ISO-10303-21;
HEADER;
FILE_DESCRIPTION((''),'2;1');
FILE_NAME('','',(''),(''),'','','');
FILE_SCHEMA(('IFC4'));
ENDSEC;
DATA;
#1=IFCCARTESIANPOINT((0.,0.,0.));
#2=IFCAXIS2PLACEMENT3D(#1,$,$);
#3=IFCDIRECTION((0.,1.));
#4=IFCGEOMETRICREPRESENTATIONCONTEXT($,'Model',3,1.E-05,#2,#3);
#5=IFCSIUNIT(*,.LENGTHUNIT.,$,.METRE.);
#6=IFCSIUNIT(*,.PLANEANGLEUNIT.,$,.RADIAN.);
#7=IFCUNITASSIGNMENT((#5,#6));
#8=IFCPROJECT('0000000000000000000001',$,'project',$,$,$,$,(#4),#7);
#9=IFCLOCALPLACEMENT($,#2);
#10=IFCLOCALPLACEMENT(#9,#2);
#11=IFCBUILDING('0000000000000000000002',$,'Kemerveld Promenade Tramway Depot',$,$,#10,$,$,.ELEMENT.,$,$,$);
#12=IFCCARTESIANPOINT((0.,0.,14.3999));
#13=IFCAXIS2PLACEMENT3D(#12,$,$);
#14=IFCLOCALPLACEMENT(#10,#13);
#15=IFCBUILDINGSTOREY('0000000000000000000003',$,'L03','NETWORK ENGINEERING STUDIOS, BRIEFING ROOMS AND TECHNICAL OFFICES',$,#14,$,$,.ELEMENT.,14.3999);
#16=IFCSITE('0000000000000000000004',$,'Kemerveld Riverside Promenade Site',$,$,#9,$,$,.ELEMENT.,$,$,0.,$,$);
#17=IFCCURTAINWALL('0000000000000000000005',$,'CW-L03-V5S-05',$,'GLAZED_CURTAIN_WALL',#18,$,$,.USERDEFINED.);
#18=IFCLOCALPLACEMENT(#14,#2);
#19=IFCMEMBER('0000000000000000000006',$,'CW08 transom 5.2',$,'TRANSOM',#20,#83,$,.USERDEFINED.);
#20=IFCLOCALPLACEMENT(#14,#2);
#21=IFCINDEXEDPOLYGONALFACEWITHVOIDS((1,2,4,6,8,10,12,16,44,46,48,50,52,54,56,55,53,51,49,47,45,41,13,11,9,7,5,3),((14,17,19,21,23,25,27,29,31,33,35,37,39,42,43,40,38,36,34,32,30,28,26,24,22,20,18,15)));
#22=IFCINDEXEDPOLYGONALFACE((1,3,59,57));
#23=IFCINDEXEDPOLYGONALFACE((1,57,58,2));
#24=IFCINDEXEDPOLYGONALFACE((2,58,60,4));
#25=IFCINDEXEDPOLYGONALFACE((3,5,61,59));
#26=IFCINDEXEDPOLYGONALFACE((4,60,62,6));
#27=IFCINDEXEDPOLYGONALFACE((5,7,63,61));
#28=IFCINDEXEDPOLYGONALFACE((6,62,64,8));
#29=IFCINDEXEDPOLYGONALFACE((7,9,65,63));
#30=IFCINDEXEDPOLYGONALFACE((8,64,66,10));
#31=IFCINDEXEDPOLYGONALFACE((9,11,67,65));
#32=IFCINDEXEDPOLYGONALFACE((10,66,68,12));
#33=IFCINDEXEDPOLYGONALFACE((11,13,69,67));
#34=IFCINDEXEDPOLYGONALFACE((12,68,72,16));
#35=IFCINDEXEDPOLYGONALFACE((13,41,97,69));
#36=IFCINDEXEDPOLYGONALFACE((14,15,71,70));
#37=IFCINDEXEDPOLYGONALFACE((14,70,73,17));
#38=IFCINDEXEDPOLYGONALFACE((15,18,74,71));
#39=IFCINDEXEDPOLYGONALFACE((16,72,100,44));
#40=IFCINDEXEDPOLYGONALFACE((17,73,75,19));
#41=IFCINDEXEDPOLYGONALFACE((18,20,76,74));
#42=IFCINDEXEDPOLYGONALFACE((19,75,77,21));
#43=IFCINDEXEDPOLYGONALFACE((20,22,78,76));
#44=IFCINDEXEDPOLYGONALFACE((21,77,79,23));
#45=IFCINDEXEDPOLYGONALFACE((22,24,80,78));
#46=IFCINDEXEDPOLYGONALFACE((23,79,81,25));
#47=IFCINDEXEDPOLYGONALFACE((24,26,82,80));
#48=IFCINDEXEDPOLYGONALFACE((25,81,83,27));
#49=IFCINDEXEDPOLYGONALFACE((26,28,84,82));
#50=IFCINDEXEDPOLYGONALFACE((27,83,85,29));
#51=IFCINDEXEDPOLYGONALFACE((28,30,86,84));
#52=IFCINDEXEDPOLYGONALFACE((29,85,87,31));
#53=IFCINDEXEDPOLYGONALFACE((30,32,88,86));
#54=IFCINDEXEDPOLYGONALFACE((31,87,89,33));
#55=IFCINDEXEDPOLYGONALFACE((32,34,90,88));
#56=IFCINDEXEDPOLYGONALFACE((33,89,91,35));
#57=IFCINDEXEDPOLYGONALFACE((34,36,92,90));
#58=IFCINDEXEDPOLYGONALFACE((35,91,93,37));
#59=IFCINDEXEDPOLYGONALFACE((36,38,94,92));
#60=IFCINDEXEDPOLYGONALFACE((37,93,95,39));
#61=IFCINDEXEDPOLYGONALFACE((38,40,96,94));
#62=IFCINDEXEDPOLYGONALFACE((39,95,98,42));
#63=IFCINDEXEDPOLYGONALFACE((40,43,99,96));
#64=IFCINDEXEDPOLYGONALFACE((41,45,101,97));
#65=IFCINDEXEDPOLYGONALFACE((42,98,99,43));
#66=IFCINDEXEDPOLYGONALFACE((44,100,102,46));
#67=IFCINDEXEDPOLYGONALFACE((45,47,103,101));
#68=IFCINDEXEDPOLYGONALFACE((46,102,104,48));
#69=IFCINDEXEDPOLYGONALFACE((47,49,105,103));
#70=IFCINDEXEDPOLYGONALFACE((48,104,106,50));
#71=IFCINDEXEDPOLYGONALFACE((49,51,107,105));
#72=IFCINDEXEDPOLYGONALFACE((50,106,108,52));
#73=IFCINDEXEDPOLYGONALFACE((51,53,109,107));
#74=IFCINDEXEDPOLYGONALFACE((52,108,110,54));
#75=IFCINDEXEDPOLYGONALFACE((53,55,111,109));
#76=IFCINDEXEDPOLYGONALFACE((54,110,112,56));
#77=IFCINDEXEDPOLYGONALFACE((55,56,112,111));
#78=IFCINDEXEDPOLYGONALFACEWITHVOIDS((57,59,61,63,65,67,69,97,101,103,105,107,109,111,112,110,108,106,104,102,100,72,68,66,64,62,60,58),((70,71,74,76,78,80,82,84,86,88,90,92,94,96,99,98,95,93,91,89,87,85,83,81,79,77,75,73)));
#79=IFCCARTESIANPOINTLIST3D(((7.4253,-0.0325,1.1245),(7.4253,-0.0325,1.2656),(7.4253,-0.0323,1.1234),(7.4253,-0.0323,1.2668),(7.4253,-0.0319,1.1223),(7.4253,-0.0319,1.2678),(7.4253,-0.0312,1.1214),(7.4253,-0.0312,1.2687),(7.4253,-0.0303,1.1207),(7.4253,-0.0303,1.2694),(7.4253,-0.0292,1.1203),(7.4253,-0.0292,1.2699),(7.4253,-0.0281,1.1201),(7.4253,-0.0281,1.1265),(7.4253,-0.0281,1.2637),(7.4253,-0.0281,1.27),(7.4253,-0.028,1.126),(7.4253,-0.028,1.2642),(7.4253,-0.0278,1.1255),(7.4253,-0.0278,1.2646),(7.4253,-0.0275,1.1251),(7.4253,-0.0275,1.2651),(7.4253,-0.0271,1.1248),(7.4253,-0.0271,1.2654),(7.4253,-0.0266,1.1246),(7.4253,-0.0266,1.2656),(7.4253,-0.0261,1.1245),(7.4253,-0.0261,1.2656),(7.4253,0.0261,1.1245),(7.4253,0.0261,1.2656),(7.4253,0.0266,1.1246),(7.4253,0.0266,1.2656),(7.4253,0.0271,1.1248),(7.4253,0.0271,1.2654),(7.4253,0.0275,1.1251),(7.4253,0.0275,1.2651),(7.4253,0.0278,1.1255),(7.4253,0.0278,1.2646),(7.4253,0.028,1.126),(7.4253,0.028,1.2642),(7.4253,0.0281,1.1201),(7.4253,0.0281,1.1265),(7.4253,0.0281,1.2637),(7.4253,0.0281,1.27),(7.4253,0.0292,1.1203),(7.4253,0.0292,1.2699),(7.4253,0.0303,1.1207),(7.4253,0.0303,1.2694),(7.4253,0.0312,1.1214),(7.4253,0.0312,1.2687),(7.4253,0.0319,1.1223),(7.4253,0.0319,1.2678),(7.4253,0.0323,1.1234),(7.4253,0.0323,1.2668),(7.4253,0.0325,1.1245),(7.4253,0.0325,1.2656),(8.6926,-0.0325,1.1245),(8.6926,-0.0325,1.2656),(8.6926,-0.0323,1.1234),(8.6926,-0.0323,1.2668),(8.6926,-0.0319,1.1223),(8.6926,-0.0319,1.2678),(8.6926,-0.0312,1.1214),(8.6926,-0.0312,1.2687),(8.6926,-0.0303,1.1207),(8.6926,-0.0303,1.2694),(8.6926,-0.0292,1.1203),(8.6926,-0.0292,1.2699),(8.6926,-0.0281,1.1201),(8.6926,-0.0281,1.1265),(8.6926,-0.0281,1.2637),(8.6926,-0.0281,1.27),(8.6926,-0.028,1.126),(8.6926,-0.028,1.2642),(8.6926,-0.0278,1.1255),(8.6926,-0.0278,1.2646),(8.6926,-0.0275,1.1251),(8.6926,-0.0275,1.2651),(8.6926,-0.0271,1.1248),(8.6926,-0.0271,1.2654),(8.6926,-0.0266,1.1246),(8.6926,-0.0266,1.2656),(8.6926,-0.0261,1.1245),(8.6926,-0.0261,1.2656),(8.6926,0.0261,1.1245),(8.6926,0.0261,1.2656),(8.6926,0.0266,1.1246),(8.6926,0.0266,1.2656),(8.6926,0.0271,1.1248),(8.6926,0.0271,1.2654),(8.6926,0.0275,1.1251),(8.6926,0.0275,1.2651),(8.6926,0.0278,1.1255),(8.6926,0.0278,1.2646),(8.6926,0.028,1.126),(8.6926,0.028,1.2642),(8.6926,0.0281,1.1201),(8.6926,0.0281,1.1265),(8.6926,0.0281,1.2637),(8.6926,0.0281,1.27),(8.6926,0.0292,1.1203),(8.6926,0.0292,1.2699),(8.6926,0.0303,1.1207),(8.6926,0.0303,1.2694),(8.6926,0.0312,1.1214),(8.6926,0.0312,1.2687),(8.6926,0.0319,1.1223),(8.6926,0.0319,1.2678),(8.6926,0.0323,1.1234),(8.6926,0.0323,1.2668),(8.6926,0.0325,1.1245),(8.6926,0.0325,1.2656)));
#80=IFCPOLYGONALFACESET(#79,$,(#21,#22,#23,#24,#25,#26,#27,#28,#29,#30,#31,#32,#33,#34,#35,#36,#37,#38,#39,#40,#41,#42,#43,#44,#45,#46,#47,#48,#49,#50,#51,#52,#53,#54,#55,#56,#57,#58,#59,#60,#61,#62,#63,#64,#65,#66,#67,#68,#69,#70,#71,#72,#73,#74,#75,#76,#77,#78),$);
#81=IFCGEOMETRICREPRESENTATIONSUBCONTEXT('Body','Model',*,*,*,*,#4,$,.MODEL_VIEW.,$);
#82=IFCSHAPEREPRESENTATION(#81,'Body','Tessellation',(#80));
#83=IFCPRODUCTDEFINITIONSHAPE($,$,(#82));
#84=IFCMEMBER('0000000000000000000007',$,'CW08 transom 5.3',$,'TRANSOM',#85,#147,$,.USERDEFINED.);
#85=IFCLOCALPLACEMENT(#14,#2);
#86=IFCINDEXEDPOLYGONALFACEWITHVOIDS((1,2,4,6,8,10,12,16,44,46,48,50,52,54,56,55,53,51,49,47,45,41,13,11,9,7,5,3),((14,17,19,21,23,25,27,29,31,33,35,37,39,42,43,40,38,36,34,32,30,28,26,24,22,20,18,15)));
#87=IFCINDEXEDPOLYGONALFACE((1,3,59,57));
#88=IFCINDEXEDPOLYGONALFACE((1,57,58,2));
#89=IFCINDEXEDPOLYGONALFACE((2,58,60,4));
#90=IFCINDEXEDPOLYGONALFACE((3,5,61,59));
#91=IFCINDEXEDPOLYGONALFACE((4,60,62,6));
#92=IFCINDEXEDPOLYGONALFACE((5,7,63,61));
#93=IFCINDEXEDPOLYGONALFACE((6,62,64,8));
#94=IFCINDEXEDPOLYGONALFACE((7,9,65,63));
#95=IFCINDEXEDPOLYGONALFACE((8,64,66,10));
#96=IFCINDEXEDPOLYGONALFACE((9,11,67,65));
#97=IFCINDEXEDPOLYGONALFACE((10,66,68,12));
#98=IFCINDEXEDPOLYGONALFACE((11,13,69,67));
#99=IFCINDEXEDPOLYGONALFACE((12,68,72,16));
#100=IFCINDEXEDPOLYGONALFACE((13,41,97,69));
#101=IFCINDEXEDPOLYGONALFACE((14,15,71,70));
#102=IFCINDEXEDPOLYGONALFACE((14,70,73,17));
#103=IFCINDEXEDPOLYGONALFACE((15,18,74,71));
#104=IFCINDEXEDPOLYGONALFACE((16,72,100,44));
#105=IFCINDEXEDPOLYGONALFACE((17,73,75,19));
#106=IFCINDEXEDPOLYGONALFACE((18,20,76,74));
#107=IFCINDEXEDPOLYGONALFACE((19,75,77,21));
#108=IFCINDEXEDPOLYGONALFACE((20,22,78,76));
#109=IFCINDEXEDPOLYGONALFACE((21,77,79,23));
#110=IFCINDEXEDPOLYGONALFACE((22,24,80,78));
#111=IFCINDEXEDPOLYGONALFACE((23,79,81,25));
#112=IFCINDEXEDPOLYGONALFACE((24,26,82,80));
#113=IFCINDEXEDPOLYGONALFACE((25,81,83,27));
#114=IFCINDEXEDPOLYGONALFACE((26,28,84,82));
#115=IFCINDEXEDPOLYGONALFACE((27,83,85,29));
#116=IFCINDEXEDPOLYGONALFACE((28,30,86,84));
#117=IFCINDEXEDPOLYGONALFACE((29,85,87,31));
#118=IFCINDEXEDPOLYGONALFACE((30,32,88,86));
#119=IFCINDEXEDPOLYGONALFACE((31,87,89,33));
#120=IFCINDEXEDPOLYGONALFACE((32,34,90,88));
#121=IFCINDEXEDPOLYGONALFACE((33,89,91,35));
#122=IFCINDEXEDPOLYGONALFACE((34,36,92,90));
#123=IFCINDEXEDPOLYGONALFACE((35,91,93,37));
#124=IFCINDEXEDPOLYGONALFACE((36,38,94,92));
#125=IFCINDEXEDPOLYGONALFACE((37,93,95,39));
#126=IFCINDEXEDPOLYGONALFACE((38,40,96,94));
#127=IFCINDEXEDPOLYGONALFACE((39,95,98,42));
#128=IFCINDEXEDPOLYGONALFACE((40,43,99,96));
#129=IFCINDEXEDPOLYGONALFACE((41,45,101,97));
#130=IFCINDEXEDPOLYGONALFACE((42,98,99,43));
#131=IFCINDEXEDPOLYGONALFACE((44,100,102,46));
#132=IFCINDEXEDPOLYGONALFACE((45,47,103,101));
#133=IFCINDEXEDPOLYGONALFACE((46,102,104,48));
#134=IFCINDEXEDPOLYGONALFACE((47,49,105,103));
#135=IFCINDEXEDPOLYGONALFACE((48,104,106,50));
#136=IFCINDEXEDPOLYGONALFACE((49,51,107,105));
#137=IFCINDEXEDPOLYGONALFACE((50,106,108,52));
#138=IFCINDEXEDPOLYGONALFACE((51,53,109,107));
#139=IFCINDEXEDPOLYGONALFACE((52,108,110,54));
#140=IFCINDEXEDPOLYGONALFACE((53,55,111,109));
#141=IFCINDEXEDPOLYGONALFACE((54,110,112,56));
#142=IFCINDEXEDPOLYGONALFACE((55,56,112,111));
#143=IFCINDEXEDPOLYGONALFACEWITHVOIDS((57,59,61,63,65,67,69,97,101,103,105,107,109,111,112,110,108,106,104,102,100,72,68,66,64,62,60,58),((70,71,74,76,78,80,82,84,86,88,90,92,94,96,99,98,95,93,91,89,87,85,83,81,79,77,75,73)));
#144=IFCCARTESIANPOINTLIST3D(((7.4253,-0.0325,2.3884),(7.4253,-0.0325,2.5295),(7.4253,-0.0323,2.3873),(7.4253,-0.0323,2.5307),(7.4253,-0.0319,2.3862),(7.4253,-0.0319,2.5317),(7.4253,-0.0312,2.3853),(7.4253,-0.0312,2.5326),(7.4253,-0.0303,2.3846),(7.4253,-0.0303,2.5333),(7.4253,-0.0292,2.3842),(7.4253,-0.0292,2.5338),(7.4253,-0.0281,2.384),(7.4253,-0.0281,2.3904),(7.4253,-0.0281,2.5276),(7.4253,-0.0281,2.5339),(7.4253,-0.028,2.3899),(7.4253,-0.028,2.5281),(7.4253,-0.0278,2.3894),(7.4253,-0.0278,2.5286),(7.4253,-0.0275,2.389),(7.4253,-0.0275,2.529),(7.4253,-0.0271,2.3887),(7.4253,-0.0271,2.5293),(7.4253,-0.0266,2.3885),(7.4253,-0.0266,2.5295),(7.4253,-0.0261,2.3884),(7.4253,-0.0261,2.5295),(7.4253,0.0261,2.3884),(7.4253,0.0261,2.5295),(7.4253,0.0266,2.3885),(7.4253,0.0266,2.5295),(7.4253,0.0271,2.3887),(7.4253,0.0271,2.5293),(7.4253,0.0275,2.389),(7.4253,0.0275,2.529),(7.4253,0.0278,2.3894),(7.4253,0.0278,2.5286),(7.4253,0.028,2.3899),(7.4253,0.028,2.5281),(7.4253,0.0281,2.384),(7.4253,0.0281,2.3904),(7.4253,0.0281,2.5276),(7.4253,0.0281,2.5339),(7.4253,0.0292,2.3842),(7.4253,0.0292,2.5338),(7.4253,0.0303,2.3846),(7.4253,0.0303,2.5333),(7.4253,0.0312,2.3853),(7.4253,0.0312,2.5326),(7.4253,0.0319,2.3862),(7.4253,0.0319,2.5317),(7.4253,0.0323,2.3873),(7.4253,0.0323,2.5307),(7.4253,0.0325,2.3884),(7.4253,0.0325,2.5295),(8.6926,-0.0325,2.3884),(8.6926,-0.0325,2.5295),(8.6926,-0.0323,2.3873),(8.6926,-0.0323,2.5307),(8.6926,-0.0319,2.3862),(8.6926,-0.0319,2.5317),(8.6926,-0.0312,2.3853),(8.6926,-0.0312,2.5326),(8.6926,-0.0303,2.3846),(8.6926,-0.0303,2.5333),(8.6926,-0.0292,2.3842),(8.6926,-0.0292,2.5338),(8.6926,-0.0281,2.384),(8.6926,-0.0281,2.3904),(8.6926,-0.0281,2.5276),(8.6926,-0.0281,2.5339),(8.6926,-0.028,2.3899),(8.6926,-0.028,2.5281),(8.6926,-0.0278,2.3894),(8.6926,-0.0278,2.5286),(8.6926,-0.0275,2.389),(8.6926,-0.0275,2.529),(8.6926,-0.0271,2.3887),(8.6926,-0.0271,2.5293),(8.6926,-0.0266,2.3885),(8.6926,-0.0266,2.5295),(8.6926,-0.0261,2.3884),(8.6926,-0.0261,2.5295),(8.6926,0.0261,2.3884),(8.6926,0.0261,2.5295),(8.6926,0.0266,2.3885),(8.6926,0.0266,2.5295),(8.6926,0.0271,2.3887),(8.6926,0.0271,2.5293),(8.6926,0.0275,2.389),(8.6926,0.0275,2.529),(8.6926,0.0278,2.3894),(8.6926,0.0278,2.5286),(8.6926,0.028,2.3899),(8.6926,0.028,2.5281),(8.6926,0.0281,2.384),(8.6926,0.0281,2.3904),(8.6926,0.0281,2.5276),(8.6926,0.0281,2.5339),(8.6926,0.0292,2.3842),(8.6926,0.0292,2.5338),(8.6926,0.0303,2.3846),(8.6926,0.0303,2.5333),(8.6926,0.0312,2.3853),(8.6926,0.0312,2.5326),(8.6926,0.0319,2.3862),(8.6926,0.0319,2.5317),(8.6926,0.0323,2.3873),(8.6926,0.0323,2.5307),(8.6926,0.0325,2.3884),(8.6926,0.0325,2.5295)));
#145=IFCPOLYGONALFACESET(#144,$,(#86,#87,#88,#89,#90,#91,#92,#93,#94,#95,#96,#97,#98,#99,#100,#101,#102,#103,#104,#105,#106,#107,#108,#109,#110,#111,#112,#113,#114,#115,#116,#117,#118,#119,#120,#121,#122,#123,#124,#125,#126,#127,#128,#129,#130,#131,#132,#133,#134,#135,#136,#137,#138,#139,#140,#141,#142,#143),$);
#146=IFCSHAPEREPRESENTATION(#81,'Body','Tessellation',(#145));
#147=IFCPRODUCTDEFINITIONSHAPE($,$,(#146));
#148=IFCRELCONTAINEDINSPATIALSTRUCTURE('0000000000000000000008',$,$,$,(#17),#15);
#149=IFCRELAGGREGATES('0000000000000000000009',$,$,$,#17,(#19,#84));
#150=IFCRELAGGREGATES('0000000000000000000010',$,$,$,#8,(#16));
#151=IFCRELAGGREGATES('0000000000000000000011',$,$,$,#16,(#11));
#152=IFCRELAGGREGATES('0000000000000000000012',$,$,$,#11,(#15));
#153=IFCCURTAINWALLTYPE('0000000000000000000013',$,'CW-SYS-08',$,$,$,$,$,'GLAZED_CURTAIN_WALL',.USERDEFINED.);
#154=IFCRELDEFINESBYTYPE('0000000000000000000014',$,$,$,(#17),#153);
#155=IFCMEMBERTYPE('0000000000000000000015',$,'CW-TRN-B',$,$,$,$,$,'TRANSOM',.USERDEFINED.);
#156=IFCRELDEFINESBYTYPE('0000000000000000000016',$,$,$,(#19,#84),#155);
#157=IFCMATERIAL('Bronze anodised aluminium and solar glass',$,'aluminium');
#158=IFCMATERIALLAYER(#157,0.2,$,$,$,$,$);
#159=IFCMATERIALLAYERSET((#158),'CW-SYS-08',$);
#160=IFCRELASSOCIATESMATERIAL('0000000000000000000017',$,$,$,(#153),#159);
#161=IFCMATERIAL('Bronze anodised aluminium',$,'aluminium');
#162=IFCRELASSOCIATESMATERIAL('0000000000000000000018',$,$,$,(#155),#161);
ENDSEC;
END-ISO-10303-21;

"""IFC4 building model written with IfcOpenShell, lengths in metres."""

from ifc_helpers import new_model, si_unit, direction, frame, origin, origin_2d, place, context, subcontext, project, spatial, hollow_rectangle, extrude, material, layer, layer_set, material_profile, profile_set, type_object, element, aggregate, save


model = new_model("IFC4")

# Units and contexts
model_context = context("Model", 3, precision=1e-05, world=origin(), true_north=direction((0.0, 1.0)))
body_context = subcontext(model_context, "Body", "Model", "MODEL_VIEW")
ifc_project = project(units=[si_unit("LENGTHUNIT", "METRE"), si_unit("PLANEANGLEUNIT", "RADIAN")], contexts=[model_context])

# Site, building, storey
site_placement = place(None, origin())
site = spatial("IfcSite", under=ifc_project, at=site_placement, Name="Kemerveld Riverside Promenade Site", CompositionType="ELEMENT", RefElevation=0.0)
building_placement = place(site_placement, origin())
building = spatial("IfcBuilding", under=site, at=building_placement, Name="Kemerveld Promenade Tramway Depot", CompositionType="ELEMENT")
storey_placement = place(building_placement, frame((0.0, 0.0, 14.3999)))
storey = spatial("IfcBuildingStorey", under=building, at=storey_placement, Name="L03", Description="NETWORK ENGINEERING STUDIOS, BRIEFING ROOMS AND TECHNICAL OFFICES", CompositionType="ELEMENT", Elevation=14.3999)

# Curtain wall, members
ifc_material_1 = material(Name="Bronze anodised aluminium and solar glass", Category="aluminium")
ifc_layer_1 = layer(ifc_material_1, 0.2)
ifc_layer_set_1 = layer_set([ifc_layer_1], Name="CW-SYS-08")
curtain_wall_type = type_object("IfcCurtainWallType", Name="CW-SYS-08", ElementType="GLAZED_CURTAIN_WALL", PredefinedType="USERDEFINED", material=ifc_layer_set_1)
curtain_wall_placement = place(storey_placement, origin())
curtain_wall = element("IfcCurtainWall", 1, at=curtain_wall_placement, inside=storey, type_object=curtain_wall_type, Name="CW-L03-V5S-05", ObjectType="GLAZED_CURTAIN_WALL", PredefinedType="USERDEFINED")
ifc_material_2 = material(Name="Bronze anodised aluminium", Category="aluminium")
ifc_material_profile_1 = material_profile(ifc_material_2, hollow_rectangle(XDim=0.0649, YDim=0.1499, WallThickness=0.0044, InnerFilletRadius=0.002, OuterFilletRadius=0.0044, at=origin_2d()), Name="CW-TRN-150x65")
ifc_profile_set_1 = profile_set([ifc_material_profile_1], Name="Bronze anodised aluminium")
member_type_1 = type_object("IfcMemberType", Name="CW-TRN-B", ElementType="TRANSOM", PredefinedType="USERDEFINED", material=ifc_profile_set_1)
member_1_placement = place(storey_placement, frame((8.6926, 0.0, 1.1951), z_axis=(-1.0, 0.0, 0.0), x_axis=(0.0, -1.0, 0.0)))
member_1 = element("IfcMember", 2, at=member_1_placement, type_object=member_type_1, Name="CW08 transom 5.2", ObjectType="TRANSOM", PredefinedType="USERDEFINED", context=body_context, shape_type="SweptSolid", body=[
    extrude(hollow_rectangle(XDim=0.0649, YDim=0.1499, WallThickness=0.0044, InnerFilletRadius=0.002, OuterFilletRadius=0.0044, at=origin_2d()), origin(), (0.0, 0.0, 1.0), 1.2673),
])
member_2_placement = place(storey_placement, frame((8.6926, 0.0, 2.459), z_axis=(-1.0, 0.0, 0.0), x_axis=(0.0, -1.0, 0.0)))
member_2 = element("IfcMember", 3, at=member_2_placement, type_object=member_type_1, Name="CW08 transom 5.3", ObjectType="TRANSOM", PredefinedType="USERDEFINED", context=body_context, shape_type="SweptSolid", body=[
    extrude(hollow_rectangle(XDim=0.0649, YDim=0.1499, WallThickness=0.0044, InnerFilletRadius=0.002, OuterFilletRadius=0.0044, at=origin_2d()), origin(), (0.0, 0.0, 1.0), 1.2673),
])
aggregate(curtain_wall, [member_1, member_2])

save(model, "model.ifc")
